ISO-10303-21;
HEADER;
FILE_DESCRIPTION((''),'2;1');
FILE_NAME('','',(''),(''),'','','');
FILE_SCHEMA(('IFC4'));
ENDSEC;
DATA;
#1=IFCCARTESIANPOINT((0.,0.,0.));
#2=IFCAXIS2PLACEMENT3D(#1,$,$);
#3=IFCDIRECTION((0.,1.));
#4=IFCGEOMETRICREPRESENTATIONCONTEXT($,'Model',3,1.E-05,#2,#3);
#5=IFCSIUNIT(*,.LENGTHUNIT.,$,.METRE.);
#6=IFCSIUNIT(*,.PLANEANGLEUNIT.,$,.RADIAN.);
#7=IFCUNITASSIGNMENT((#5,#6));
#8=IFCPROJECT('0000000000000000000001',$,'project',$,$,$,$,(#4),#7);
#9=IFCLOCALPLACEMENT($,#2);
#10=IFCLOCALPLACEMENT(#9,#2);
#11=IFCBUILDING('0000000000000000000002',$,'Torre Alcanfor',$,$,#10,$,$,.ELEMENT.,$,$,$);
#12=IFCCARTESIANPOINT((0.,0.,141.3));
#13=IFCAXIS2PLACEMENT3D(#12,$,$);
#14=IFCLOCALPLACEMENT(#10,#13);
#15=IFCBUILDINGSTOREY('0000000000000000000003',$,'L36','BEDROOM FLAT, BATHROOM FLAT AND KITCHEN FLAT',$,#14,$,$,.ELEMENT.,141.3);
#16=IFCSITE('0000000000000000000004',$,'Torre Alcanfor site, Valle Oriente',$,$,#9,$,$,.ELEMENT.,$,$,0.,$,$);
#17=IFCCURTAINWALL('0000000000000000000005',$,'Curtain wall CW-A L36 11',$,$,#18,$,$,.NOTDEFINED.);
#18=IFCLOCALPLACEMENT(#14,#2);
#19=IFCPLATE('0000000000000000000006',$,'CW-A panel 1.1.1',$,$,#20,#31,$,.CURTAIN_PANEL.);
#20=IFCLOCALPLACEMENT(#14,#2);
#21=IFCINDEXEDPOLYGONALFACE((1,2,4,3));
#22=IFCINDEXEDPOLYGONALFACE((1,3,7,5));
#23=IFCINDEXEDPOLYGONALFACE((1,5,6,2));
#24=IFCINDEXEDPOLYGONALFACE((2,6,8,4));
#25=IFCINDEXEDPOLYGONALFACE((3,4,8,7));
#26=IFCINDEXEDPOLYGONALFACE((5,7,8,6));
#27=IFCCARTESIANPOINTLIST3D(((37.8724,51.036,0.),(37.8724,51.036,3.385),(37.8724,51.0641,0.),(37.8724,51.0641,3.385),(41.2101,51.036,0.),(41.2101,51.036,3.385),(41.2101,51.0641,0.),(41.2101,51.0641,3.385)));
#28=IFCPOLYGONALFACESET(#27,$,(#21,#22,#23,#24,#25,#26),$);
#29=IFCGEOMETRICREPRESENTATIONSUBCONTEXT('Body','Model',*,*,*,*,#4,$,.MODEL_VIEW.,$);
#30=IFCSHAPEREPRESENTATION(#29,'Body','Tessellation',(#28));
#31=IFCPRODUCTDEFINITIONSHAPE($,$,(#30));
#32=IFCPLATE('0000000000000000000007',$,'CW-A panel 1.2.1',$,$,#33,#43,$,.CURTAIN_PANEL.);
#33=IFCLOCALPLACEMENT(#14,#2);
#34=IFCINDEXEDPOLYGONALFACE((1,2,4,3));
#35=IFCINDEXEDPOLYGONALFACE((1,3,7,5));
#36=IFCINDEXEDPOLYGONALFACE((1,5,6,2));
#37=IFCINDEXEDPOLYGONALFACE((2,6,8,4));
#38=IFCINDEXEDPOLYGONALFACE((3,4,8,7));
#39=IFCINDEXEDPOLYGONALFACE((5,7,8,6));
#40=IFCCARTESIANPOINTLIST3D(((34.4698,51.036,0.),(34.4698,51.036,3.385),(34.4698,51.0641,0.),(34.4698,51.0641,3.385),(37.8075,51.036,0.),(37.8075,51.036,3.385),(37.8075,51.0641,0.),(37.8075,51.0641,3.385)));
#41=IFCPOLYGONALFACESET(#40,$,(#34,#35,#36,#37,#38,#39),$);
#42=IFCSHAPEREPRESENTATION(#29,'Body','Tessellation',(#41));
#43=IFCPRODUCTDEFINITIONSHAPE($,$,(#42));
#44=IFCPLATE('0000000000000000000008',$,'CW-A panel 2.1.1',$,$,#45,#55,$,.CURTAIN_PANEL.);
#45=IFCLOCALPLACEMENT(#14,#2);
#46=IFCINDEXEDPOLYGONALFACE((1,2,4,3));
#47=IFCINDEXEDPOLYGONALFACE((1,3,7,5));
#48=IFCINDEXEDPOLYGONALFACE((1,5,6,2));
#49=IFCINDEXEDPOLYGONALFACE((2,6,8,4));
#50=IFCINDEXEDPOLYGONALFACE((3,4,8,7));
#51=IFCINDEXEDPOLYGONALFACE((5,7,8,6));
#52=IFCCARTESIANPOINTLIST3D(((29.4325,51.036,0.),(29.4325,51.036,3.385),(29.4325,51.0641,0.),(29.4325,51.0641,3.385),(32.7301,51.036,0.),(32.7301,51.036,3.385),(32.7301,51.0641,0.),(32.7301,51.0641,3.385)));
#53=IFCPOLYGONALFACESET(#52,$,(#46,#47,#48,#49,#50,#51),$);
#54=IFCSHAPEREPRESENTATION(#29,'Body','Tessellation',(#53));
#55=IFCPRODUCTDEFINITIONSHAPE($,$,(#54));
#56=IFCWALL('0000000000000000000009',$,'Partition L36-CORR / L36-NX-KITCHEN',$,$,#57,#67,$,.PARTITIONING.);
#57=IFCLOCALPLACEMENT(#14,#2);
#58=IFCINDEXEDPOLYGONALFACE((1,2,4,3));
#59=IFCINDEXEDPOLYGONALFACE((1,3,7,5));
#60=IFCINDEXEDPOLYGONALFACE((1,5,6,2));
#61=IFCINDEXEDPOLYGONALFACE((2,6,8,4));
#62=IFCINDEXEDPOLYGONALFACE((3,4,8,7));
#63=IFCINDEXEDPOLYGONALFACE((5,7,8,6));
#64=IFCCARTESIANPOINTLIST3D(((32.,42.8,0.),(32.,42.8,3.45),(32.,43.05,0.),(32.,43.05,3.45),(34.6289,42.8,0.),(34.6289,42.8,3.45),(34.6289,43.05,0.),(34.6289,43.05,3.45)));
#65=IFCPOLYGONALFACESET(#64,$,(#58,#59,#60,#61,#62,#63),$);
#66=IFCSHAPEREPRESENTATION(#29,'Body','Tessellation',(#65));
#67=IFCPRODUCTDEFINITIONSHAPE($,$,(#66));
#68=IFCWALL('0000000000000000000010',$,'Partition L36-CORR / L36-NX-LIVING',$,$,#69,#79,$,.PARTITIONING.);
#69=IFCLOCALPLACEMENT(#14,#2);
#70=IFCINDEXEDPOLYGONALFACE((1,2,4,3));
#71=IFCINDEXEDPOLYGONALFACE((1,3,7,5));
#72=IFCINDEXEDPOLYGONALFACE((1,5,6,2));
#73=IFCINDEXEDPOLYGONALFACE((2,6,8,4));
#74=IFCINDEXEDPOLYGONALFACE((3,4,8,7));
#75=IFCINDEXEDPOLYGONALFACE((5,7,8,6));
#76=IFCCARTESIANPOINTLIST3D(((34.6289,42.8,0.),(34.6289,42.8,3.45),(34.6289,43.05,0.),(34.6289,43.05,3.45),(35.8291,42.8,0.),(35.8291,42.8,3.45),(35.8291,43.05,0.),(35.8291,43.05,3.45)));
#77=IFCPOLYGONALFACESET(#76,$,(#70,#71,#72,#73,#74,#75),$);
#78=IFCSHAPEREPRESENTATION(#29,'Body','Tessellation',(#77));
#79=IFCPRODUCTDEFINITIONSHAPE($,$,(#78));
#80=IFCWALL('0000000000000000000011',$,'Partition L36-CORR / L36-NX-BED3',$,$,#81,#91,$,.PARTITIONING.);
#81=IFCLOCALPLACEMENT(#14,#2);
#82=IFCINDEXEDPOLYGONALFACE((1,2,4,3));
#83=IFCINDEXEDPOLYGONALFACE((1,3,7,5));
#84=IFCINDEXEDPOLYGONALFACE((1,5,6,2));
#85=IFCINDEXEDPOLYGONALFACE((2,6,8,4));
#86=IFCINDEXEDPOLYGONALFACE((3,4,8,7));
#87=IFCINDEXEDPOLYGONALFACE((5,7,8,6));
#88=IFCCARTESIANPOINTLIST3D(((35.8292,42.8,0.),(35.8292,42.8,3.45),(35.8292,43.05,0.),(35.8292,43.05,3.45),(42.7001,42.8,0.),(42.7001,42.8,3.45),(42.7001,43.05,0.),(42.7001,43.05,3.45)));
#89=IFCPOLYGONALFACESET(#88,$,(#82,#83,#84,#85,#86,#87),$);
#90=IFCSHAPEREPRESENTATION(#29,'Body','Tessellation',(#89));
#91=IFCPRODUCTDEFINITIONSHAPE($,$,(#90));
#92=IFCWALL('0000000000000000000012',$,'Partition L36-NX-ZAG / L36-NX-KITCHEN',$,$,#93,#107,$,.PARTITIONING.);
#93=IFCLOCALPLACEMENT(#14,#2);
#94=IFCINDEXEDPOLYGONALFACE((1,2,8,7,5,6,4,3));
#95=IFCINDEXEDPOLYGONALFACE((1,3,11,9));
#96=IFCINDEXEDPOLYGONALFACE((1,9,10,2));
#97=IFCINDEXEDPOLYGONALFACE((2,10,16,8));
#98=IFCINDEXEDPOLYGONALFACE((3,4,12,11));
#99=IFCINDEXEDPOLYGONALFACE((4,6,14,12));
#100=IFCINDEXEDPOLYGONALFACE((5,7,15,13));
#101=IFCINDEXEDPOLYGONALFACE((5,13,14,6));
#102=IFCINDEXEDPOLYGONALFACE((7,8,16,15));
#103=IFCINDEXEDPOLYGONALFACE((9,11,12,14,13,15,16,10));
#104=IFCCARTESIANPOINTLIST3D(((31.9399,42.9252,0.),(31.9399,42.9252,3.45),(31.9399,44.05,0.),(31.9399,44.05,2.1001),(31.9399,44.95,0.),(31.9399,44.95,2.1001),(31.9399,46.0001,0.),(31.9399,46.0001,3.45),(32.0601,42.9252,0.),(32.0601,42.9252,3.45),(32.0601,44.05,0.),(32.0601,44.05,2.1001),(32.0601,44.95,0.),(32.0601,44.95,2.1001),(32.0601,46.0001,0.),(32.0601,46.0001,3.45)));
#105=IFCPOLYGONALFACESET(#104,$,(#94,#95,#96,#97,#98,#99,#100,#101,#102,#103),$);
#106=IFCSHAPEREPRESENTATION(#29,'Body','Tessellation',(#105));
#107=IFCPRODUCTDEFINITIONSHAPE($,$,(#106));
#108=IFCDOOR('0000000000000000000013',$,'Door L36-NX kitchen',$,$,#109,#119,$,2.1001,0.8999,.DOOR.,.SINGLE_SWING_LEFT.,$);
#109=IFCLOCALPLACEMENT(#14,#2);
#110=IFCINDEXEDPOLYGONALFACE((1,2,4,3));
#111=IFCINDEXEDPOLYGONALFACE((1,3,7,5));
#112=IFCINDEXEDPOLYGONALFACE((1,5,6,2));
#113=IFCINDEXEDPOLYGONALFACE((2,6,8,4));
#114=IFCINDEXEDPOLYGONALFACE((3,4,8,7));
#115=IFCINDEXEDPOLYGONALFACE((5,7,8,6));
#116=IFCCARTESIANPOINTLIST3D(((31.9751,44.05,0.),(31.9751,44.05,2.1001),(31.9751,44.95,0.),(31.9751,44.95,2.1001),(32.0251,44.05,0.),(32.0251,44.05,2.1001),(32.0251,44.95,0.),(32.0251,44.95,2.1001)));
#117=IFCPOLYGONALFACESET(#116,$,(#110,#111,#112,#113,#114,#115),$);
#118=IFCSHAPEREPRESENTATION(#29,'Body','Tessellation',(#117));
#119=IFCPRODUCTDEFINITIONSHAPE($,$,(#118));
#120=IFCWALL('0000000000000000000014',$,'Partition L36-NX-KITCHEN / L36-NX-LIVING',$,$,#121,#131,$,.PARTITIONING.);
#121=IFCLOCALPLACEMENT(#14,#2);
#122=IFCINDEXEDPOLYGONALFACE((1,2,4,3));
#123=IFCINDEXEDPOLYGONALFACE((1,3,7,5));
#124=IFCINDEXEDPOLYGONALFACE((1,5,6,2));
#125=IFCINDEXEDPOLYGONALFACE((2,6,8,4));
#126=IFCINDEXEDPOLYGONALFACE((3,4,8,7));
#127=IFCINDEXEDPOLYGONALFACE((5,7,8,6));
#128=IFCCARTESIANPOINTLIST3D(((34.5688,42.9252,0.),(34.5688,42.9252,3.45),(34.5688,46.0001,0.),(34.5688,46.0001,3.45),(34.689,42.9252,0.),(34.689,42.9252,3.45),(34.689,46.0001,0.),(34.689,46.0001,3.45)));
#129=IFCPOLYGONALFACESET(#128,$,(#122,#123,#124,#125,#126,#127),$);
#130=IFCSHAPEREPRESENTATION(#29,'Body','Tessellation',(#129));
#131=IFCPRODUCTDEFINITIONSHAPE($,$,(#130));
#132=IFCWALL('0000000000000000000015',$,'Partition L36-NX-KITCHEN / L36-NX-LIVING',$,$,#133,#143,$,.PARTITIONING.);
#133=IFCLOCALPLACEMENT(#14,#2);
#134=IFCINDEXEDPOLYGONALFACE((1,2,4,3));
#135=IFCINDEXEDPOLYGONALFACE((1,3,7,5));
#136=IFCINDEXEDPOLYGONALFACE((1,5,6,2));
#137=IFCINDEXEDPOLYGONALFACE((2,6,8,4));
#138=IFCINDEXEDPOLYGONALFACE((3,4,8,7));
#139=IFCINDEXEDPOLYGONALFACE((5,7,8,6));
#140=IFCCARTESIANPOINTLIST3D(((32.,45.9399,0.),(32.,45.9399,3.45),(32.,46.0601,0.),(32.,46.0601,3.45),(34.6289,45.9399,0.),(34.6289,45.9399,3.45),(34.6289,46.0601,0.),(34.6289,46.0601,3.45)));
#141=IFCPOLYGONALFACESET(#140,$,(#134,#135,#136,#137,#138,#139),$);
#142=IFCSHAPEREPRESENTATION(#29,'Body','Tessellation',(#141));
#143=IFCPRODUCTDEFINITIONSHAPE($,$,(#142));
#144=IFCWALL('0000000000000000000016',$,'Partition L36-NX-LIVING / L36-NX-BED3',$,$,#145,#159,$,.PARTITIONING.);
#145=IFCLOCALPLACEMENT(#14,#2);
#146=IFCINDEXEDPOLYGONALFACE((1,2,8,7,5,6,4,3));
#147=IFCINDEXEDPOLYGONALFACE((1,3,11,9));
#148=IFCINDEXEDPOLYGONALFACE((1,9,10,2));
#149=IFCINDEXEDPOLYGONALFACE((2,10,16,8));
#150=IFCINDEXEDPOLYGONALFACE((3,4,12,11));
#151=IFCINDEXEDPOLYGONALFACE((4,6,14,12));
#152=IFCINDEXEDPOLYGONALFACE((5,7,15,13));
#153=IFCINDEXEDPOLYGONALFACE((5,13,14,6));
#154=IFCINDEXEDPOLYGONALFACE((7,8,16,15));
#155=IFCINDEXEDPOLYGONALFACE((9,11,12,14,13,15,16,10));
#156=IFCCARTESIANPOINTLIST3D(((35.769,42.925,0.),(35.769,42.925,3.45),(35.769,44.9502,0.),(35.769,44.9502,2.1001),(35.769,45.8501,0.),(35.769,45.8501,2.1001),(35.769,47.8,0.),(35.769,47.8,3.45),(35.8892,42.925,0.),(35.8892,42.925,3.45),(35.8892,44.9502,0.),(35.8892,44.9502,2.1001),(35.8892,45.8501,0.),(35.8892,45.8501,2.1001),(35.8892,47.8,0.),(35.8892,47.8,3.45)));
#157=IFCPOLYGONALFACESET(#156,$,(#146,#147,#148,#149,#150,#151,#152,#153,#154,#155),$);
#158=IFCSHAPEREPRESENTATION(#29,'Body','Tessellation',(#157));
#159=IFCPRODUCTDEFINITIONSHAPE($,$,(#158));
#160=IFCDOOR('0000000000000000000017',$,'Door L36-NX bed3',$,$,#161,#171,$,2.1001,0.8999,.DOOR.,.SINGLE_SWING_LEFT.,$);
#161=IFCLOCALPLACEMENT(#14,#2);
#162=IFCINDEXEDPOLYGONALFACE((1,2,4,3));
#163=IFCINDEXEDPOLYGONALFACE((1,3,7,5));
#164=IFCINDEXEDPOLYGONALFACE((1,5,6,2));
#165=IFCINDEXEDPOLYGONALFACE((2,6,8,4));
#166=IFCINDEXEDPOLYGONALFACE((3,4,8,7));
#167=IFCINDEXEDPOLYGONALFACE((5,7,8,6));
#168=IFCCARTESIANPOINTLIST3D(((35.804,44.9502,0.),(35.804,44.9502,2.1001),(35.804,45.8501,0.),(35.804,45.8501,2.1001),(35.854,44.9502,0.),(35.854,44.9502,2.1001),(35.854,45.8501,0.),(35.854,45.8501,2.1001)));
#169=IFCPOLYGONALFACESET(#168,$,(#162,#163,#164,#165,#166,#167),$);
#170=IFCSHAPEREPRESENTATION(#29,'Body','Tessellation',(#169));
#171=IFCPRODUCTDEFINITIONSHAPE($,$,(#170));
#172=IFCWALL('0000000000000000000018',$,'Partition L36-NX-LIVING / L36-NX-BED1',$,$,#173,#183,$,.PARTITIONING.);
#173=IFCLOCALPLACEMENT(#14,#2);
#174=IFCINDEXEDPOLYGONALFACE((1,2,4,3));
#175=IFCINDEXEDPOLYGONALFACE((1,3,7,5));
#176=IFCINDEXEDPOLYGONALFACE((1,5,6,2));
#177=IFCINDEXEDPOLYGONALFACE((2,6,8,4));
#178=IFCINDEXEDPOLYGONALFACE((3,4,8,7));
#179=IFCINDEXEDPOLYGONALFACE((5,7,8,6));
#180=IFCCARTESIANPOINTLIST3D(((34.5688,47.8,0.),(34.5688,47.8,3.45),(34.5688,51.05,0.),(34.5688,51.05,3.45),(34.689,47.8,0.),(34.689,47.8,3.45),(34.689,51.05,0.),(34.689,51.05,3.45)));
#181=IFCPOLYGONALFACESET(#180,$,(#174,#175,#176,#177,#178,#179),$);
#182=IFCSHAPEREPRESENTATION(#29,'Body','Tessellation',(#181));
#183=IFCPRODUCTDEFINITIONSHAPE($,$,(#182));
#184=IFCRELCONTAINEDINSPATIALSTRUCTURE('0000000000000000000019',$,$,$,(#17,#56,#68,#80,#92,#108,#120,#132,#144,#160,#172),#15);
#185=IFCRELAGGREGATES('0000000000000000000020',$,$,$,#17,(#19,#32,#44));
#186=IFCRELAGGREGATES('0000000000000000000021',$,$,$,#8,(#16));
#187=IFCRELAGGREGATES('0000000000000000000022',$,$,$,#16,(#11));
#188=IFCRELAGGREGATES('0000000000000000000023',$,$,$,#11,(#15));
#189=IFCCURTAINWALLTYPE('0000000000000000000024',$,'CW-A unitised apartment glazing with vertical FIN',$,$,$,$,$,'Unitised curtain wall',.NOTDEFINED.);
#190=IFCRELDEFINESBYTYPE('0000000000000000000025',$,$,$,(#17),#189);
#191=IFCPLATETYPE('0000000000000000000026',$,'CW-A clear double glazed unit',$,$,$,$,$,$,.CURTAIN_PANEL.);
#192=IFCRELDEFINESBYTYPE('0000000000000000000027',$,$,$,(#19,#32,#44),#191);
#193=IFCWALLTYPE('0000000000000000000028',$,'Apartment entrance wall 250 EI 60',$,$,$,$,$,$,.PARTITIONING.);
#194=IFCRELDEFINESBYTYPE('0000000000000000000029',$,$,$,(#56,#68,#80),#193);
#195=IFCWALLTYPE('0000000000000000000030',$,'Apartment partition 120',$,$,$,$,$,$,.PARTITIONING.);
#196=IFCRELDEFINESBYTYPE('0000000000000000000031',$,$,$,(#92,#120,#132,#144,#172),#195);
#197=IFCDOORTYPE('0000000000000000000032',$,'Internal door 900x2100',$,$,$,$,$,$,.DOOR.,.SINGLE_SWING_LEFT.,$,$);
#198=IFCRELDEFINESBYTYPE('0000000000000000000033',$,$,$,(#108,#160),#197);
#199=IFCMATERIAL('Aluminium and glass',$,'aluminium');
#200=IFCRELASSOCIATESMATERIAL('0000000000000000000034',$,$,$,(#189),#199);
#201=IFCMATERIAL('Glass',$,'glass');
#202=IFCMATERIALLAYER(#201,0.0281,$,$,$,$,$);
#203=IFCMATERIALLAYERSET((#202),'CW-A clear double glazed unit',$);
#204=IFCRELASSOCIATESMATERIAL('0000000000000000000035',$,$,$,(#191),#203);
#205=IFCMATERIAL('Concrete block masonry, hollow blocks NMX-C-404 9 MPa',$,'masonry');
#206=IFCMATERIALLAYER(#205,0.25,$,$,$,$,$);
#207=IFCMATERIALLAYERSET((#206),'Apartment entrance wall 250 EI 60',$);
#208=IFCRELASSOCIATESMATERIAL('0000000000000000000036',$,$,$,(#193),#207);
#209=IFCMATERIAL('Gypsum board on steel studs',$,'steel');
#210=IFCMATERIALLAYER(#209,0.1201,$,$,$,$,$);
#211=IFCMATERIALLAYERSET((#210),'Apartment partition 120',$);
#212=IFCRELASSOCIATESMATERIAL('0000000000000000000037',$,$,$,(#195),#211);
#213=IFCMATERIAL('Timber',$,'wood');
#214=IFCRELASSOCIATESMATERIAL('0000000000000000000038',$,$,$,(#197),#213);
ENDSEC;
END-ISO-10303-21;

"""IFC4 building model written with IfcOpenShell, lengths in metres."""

from ifc_helpers import new_model, si_unit, direction, frame, frame_2d, origin, origin_2d, place, context, subcontext, project, spatial, rectangle, extrude, material, layer, layer_set, type_object, element, fill, aggregate, save


model = new_model("IFC4")

# Units and contexts
model_context = context("Model", 3, precision=1e-05, world=origin(), true_north=direction((0.0, 1.0)))
body_context = subcontext(model_context, "Body", "Model", "MODEL_VIEW")
ifc_project = project(units=[si_unit("LENGTHUNIT", "METRE"), si_unit("PLANEANGLEUNIT", "RADIAN")], contexts=[model_context])

# Site, building, storey
site_placement = place(None, origin())
site = spatial("IfcSite", under=ifc_project, at=site_placement, Name="Torre Alcanfor site, Valle Oriente", CompositionType="ELEMENT", RefElevation=0.0)
building_placement = place(site_placement, origin())
building = spatial("IfcBuilding", under=site, at=building_placement, Name="Torre Alcanfor", CompositionType="ELEMENT")
storey_placement = place(building_placement, frame((0.0, 0.0, 141.3)))
storey = spatial("IfcBuildingStorey", under=building, at=storey_placement, Name="L36", Description="BEDROOM FLAT, BATHROOM FLAT AND KITCHEN FLAT", CompositionType="ELEMENT", Elevation=141.3)

# Curtain wall
ifc_material_1 = material(Name="Aluminium and glass", Category="aluminium")
curtain_wall_type = type_object("IfcCurtainWallType", Name="CW-A unitised apartment glazing with vertical FIN", ElementType="Unitised curtain wall", PredefinedType="NOTDEFINED", material=ifc_material_1)
curtain_wall_placement = place(storey_placement, origin())
curtain_wall = element("IfcCurtainWall", 1, at=curtain_wall_placement, inside=storey, type_object=curtain_wall_type, Name="Curtain wall CW-A L36 11", PredefinedType="NOTDEFINED")

# Plates
ifc_material_2 = material(Name="Glass", Category="glass")
ifc_layer_1 = layer(ifc_material_2, 0.0281)
ifc_layer_set_1 = layer_set([ifc_layer_1], Name="CW-A clear double glazed unit")
plate_type = type_object("IfcPlateType", Name="CW-A clear double glazed unit", PredefinedType="CURTAIN_PANEL", material=ifc_layer_set_1)
plate_1_placement = place(storey_placement, frame((39.5413, 51.05, 0.0), z_axis=(0.0, 0.0, 1.0), x_axis=(-1.0, 0.0, 0.0)))
plate_1 = element("IfcPlate", 2, at=plate_1_placement, type_object=plate_type, Name="CW-A panel 1.1.1", PredefinedType="CURTAIN_PANEL", context=body_context, shape_type="SweptSolid", body=[
    extrude(rectangle(XDim=3.3376, YDim=0.0281, at=origin_2d()), origin(), (0.0, 0.0, 1.0), 3.385),
])
plate_2_placement = place(storey_placement, frame((36.1387, 51.05, 0.0), z_axis=(0.0, 0.0, 1.0), x_axis=(-1.0, 0.0, 0.0)))
plate_2 = element("IfcPlate", 3, at=plate_2_placement, type_object=plate_type, Name="CW-A panel 1.2.1", PredefinedType="CURTAIN_PANEL", context=body_context, shape_type="SweptSolid", body=[
    extrude(rectangle(XDim=3.3376, YDim=0.0281, at=origin_2d()), origin(), (0.0, 0.0, 1.0), 3.385),
])
plate_3_placement = place(storey_placement, frame((31.0813, 51.05, 0.0), z_axis=(0.0, 0.0, 1.0), x_axis=(-1.0, 0.0, 0.0)))
plate_3 = element("IfcPlate", 4, at=plate_3_placement, type_object=plate_type, Name="CW-A panel 2.1.1", PredefinedType="CURTAIN_PANEL", context=body_context, shape_type="SweptSolid", body=[
    extrude(rectangle(XDim=3.2976, YDim=0.0281, at=origin_2d()), origin(), (0.0, 0.0, 1.0), 3.385),
])
aggregate(curtain_wall, [plate_1, plate_2, plate_3])

# Walls
ifc_material_3 = material(Name="Concrete block masonry, hollow blocks NMX-C-404 9 MPa", Category="masonry")
ifc_layer_2 = layer(ifc_material_3, 0.25)
ifc_layer_set_2 = layer_set([ifc_layer_2], Name="Apartment entrance wall 250 EI 60")
wall_type_1 = type_object("IfcWallType", Name="Apartment entrance wall 250 EI 60", PredefinedType="PARTITIONING", material=ifc_layer_set_2)
wall_1_placement = place(storey_placement, frame((32.0, 42.925, 0.0), z_axis=(0.0, 0.0, 1.0), x_axis=(1.0, 0.0, 0.0)))
element("IfcWall", 5, at=wall_1_placement, inside=storey, type_object=wall_type_1, Name="Partition L36-CORR / L36-NX-KITCHEN", PredefinedType="PARTITIONING", context=body_context, shape_type="SweptSolid", body=[
    extrude(rectangle(XDim=2.6289, YDim=0.25, at=frame_2d((1.3145, 0.0))), origin(), (0.0, 0.0, 1.0), 3.45),
])
wall_2_placement = place(storey_placement, frame((34.6289, 42.925, 0.0), z_axis=(0.0, 0.0, 1.0), x_axis=(1.0, 0.0, 0.0)))
element("IfcWall", 6, at=wall_2_placement, inside=storey, type_object=wall_type_1, Name="Partition L36-CORR / L36-NX-LIVING", PredefinedType="PARTITIONING", context=body_context, shape_type="SweptSolid", body=[
    extrude(rectangle(XDim=1.2002, YDim=0.25, at=frame_2d((0.6001, 0.0))), origin(), (0.0, 0.0, 1.0), 3.45),
])
wall_3_placement = place(storey_placement, frame((35.8291, 42.925, 0.0), z_axis=(0.0, 0.0, 1.0), x_axis=(1.0, 0.0, 0.0)))
element("IfcWall", 7, at=wall_3_placement, inside=storey, type_object=wall_type_1, Name="Partition L36-CORR / L36-NX-BED3", PredefinedType="PARTITIONING", context=body_context, shape_type="SweptSolid", body=[
    extrude(rectangle(XDim=6.8708, YDim=0.25, at=frame_2d((3.4355, 0.0))), origin(), (0.0, 0.0, 1.0), 3.45),
])

# Wall, opening, door
ifc_material_4 = material(Name="Gypsum board on steel studs", Category="steel")
ifc_layer_3 = layer(ifc_material_4, 0.1201)
ifc_layer_set_3 = layer_set([ifc_layer_3], Name="Apartment partition 120")
wall_type_2 = type_object("IfcWallType", Name="Apartment partition 120", PredefinedType="PARTITIONING", material=ifc_layer_set_3)
wall_4_placement = place(storey_placement, frame((32.0, 42.925, 0.0), z_axis=(0.0, 0.0, 1.0), x_axis=(0.0, 1.0, 0.0)))
wall_4 = element("IfcWall", 8, at=wall_4_placement, inside=storey, type_object=wall_type_2, Name="Partition L36-NX-ZAG / L36-NX-KITCHEN", PredefinedType="PARTITIONING", context=body_context, shape_type="SweptSolid", body=[
    extrude(rectangle(XDim=3.075, YDim=0.1201, at=frame_2d((1.5376, 0.0))), origin(), (0.0, 0.0, 1.0), 3.45),
])
opening_1_placement = place(wall_4_placement, frame((1.125, 0.0, 0.0)))
opening_1 = element("IfcOpeningElement", 9, at=opening_1_placement, cuts=wall_4, PredefinedType="OPENING", context=body_context, shape_type="SweptSolid", body=[
    extrude(rectangle(XDim=0.8999, YDim=2.1001, at=frame_2d((0.45, 1.05))), frame((0.0, 0.0701, 0.0), z_axis=(0.0, -1.0, 0.0), x_axis=(1.0, 0.0, 0.0)), (0.0, 0.0, 1.0), 0.1401),
])
ifc_material_5 = material(Name="Timber", Category="wood")
door_type_1 = type_object("IfcDoorType", Name="Internal door 900x2100", OperationType="SINGLE_SWING_LEFT", PredefinedType="DOOR", material=ifc_material_5)
door_1_placement = place(opening_1_placement, frame((0.8999, 0.0, 0.0), z_axis=(0.0, 0.0, 1.0), x_axis=(-1.0, 0.0, 0.0)))
door_1 = element("IfcDoor", 10, at=door_1_placement, inside=storey, type_object=door_type_1, Name="Door L36-NX kitchen", OperationType="SINGLE_SWING_LEFT", OverallHeight=2.1001, OverallWidth=0.8999, PredefinedType="DOOR", context=body_context, shape_type="SweptSolid", body=[
    extrude(rectangle(XDim=0.8999, YDim=2.1001, at=frame_2d((0.45, 1.05))), frame((0.0, 0.0251, 0.0), z_axis=(0.0, -1.0, 0.0), x_axis=(1.0, 0.0, 0.0)), (0.0, 0.0, 1.0), 0.05),
])
fill(opening_1, door_1)

# Walls
wall_5_placement = place(storey_placement, frame((34.6289, 42.925, 0.0), z_axis=(0.0, 0.0, 1.0), x_axis=(0.0, 1.0, 0.0)))
element("IfcWall", 11, at=wall_5_placement, inside=storey, type_object=wall_type_2, Name="Partition L36-NX-KITCHEN / L36-NX-LIVING", PredefinedType="PARTITIONING", context=body_context, shape_type="SweptSolid", body=[
    extrude(rectangle(XDim=3.075, YDim=0.1201, at=frame_2d((1.5376, 0.0))), origin(), (0.0, 0.0, 1.0), 3.45),
])
wall_6_placement = place(storey_placement, frame((34.6289, 46.0, 0.0), z_axis=(0.0, 0.0, 1.0), x_axis=(-1.0, 0.0, 0.0)))
element("IfcWall", 12, at=wall_6_placement, inside=storey, type_object=wall_type_2, Name="Partition L36-NX-KITCHEN / L36-NX-LIVING", PredefinedType="PARTITIONING", context=body_context, shape_type="SweptSolid", body=[
    extrude(rectangle(XDim=2.6289, YDim=0.1201, at=frame_2d((1.3145, 0.0))), origin(), (0.0, 0.0, 1.0), 3.45),
])

# Wall, opening, door
wall_7_placement = place(storey_placement, frame((35.8291, 47.8, 0.0), z_axis=(0.0, 0.0, 1.0), x_axis=(0.0, -1.0, 0.0)))
wall_7 = element("IfcWall", 13, at=wall_7_placement, inside=storey, type_object=wall_type_2, Name="Partition L36-NX-LIVING / L36-NX-BED3", PredefinedType="PARTITIONING", context=body_context, shape_type="SweptSolid", body=[
    extrude(rectangle(XDim=4.875, YDim=0.1201, at=frame_2d((2.4375, 0.0))), origin(), (0.0, 0.0, 1.0), 3.45),
])
opening_2_placement = place(wall_7_placement, frame((1.95, 0.0, 0.0)))
opening_2 = element("IfcOpeningElement", 14, at=opening_2_placement, cuts=wall_7, PredefinedType="OPENING", context=body_context, shape_type="SweptSolid", body=[
    extrude(rectangle(XDim=0.8999, YDim=2.1001, at=frame_2d((0.45, 1.05))), frame((0.0, 0.0701, 0.0), z_axis=(0.0, -1.0, 0.0), x_axis=(1.0, 0.0, 0.0)), (0.0, 0.0, 1.0), 0.1401),
])
door_2_placement = place(opening_2_placement, origin())
door_2 = element("IfcDoor", 15, at=door_2_placement, inside=storey, type_object=door_type_1, Name="Door L36-NX bed3", OperationType="SINGLE_SWING_LEFT", OverallHeight=2.1001, OverallWidth=0.8999, PredefinedType="DOOR", context=body_context, shape_type="SweptSolid", body=[
    extrude(rectangle(XDim=0.8999, YDim=2.1001, at=frame_2d((0.45, 1.05))), frame((0.0, 0.0249, 0.0), z_axis=(0.0, -1.0, 0.0), x_axis=(1.0, 0.0, 0.0)), (0.0, 0.0, 1.0), 0.05),
])
fill(opening_2, door_2)

# Wall
wall_8_placement = place(storey_placement, frame((34.6289, 51.05, 0.0), z_axis=(0.0, 0.0, 1.0), x_axis=(0.0, -1.0, 0.0)))
element("IfcWall", 16, at=wall_8_placement, inside=storey, type_object=wall_type_2, Name="Partition L36-NX-LIVING / L36-NX-BED1", PredefinedType="PARTITIONING", context=body_context, shape_type="SweptSolid", body=[
    extrude(rectangle(XDim=3.25, YDim=0.1201, at=frame_2d((1.625, 0.0))), origin(), (0.0, 0.0, 1.0), 3.45),
])

save(model, "model.ifc")
